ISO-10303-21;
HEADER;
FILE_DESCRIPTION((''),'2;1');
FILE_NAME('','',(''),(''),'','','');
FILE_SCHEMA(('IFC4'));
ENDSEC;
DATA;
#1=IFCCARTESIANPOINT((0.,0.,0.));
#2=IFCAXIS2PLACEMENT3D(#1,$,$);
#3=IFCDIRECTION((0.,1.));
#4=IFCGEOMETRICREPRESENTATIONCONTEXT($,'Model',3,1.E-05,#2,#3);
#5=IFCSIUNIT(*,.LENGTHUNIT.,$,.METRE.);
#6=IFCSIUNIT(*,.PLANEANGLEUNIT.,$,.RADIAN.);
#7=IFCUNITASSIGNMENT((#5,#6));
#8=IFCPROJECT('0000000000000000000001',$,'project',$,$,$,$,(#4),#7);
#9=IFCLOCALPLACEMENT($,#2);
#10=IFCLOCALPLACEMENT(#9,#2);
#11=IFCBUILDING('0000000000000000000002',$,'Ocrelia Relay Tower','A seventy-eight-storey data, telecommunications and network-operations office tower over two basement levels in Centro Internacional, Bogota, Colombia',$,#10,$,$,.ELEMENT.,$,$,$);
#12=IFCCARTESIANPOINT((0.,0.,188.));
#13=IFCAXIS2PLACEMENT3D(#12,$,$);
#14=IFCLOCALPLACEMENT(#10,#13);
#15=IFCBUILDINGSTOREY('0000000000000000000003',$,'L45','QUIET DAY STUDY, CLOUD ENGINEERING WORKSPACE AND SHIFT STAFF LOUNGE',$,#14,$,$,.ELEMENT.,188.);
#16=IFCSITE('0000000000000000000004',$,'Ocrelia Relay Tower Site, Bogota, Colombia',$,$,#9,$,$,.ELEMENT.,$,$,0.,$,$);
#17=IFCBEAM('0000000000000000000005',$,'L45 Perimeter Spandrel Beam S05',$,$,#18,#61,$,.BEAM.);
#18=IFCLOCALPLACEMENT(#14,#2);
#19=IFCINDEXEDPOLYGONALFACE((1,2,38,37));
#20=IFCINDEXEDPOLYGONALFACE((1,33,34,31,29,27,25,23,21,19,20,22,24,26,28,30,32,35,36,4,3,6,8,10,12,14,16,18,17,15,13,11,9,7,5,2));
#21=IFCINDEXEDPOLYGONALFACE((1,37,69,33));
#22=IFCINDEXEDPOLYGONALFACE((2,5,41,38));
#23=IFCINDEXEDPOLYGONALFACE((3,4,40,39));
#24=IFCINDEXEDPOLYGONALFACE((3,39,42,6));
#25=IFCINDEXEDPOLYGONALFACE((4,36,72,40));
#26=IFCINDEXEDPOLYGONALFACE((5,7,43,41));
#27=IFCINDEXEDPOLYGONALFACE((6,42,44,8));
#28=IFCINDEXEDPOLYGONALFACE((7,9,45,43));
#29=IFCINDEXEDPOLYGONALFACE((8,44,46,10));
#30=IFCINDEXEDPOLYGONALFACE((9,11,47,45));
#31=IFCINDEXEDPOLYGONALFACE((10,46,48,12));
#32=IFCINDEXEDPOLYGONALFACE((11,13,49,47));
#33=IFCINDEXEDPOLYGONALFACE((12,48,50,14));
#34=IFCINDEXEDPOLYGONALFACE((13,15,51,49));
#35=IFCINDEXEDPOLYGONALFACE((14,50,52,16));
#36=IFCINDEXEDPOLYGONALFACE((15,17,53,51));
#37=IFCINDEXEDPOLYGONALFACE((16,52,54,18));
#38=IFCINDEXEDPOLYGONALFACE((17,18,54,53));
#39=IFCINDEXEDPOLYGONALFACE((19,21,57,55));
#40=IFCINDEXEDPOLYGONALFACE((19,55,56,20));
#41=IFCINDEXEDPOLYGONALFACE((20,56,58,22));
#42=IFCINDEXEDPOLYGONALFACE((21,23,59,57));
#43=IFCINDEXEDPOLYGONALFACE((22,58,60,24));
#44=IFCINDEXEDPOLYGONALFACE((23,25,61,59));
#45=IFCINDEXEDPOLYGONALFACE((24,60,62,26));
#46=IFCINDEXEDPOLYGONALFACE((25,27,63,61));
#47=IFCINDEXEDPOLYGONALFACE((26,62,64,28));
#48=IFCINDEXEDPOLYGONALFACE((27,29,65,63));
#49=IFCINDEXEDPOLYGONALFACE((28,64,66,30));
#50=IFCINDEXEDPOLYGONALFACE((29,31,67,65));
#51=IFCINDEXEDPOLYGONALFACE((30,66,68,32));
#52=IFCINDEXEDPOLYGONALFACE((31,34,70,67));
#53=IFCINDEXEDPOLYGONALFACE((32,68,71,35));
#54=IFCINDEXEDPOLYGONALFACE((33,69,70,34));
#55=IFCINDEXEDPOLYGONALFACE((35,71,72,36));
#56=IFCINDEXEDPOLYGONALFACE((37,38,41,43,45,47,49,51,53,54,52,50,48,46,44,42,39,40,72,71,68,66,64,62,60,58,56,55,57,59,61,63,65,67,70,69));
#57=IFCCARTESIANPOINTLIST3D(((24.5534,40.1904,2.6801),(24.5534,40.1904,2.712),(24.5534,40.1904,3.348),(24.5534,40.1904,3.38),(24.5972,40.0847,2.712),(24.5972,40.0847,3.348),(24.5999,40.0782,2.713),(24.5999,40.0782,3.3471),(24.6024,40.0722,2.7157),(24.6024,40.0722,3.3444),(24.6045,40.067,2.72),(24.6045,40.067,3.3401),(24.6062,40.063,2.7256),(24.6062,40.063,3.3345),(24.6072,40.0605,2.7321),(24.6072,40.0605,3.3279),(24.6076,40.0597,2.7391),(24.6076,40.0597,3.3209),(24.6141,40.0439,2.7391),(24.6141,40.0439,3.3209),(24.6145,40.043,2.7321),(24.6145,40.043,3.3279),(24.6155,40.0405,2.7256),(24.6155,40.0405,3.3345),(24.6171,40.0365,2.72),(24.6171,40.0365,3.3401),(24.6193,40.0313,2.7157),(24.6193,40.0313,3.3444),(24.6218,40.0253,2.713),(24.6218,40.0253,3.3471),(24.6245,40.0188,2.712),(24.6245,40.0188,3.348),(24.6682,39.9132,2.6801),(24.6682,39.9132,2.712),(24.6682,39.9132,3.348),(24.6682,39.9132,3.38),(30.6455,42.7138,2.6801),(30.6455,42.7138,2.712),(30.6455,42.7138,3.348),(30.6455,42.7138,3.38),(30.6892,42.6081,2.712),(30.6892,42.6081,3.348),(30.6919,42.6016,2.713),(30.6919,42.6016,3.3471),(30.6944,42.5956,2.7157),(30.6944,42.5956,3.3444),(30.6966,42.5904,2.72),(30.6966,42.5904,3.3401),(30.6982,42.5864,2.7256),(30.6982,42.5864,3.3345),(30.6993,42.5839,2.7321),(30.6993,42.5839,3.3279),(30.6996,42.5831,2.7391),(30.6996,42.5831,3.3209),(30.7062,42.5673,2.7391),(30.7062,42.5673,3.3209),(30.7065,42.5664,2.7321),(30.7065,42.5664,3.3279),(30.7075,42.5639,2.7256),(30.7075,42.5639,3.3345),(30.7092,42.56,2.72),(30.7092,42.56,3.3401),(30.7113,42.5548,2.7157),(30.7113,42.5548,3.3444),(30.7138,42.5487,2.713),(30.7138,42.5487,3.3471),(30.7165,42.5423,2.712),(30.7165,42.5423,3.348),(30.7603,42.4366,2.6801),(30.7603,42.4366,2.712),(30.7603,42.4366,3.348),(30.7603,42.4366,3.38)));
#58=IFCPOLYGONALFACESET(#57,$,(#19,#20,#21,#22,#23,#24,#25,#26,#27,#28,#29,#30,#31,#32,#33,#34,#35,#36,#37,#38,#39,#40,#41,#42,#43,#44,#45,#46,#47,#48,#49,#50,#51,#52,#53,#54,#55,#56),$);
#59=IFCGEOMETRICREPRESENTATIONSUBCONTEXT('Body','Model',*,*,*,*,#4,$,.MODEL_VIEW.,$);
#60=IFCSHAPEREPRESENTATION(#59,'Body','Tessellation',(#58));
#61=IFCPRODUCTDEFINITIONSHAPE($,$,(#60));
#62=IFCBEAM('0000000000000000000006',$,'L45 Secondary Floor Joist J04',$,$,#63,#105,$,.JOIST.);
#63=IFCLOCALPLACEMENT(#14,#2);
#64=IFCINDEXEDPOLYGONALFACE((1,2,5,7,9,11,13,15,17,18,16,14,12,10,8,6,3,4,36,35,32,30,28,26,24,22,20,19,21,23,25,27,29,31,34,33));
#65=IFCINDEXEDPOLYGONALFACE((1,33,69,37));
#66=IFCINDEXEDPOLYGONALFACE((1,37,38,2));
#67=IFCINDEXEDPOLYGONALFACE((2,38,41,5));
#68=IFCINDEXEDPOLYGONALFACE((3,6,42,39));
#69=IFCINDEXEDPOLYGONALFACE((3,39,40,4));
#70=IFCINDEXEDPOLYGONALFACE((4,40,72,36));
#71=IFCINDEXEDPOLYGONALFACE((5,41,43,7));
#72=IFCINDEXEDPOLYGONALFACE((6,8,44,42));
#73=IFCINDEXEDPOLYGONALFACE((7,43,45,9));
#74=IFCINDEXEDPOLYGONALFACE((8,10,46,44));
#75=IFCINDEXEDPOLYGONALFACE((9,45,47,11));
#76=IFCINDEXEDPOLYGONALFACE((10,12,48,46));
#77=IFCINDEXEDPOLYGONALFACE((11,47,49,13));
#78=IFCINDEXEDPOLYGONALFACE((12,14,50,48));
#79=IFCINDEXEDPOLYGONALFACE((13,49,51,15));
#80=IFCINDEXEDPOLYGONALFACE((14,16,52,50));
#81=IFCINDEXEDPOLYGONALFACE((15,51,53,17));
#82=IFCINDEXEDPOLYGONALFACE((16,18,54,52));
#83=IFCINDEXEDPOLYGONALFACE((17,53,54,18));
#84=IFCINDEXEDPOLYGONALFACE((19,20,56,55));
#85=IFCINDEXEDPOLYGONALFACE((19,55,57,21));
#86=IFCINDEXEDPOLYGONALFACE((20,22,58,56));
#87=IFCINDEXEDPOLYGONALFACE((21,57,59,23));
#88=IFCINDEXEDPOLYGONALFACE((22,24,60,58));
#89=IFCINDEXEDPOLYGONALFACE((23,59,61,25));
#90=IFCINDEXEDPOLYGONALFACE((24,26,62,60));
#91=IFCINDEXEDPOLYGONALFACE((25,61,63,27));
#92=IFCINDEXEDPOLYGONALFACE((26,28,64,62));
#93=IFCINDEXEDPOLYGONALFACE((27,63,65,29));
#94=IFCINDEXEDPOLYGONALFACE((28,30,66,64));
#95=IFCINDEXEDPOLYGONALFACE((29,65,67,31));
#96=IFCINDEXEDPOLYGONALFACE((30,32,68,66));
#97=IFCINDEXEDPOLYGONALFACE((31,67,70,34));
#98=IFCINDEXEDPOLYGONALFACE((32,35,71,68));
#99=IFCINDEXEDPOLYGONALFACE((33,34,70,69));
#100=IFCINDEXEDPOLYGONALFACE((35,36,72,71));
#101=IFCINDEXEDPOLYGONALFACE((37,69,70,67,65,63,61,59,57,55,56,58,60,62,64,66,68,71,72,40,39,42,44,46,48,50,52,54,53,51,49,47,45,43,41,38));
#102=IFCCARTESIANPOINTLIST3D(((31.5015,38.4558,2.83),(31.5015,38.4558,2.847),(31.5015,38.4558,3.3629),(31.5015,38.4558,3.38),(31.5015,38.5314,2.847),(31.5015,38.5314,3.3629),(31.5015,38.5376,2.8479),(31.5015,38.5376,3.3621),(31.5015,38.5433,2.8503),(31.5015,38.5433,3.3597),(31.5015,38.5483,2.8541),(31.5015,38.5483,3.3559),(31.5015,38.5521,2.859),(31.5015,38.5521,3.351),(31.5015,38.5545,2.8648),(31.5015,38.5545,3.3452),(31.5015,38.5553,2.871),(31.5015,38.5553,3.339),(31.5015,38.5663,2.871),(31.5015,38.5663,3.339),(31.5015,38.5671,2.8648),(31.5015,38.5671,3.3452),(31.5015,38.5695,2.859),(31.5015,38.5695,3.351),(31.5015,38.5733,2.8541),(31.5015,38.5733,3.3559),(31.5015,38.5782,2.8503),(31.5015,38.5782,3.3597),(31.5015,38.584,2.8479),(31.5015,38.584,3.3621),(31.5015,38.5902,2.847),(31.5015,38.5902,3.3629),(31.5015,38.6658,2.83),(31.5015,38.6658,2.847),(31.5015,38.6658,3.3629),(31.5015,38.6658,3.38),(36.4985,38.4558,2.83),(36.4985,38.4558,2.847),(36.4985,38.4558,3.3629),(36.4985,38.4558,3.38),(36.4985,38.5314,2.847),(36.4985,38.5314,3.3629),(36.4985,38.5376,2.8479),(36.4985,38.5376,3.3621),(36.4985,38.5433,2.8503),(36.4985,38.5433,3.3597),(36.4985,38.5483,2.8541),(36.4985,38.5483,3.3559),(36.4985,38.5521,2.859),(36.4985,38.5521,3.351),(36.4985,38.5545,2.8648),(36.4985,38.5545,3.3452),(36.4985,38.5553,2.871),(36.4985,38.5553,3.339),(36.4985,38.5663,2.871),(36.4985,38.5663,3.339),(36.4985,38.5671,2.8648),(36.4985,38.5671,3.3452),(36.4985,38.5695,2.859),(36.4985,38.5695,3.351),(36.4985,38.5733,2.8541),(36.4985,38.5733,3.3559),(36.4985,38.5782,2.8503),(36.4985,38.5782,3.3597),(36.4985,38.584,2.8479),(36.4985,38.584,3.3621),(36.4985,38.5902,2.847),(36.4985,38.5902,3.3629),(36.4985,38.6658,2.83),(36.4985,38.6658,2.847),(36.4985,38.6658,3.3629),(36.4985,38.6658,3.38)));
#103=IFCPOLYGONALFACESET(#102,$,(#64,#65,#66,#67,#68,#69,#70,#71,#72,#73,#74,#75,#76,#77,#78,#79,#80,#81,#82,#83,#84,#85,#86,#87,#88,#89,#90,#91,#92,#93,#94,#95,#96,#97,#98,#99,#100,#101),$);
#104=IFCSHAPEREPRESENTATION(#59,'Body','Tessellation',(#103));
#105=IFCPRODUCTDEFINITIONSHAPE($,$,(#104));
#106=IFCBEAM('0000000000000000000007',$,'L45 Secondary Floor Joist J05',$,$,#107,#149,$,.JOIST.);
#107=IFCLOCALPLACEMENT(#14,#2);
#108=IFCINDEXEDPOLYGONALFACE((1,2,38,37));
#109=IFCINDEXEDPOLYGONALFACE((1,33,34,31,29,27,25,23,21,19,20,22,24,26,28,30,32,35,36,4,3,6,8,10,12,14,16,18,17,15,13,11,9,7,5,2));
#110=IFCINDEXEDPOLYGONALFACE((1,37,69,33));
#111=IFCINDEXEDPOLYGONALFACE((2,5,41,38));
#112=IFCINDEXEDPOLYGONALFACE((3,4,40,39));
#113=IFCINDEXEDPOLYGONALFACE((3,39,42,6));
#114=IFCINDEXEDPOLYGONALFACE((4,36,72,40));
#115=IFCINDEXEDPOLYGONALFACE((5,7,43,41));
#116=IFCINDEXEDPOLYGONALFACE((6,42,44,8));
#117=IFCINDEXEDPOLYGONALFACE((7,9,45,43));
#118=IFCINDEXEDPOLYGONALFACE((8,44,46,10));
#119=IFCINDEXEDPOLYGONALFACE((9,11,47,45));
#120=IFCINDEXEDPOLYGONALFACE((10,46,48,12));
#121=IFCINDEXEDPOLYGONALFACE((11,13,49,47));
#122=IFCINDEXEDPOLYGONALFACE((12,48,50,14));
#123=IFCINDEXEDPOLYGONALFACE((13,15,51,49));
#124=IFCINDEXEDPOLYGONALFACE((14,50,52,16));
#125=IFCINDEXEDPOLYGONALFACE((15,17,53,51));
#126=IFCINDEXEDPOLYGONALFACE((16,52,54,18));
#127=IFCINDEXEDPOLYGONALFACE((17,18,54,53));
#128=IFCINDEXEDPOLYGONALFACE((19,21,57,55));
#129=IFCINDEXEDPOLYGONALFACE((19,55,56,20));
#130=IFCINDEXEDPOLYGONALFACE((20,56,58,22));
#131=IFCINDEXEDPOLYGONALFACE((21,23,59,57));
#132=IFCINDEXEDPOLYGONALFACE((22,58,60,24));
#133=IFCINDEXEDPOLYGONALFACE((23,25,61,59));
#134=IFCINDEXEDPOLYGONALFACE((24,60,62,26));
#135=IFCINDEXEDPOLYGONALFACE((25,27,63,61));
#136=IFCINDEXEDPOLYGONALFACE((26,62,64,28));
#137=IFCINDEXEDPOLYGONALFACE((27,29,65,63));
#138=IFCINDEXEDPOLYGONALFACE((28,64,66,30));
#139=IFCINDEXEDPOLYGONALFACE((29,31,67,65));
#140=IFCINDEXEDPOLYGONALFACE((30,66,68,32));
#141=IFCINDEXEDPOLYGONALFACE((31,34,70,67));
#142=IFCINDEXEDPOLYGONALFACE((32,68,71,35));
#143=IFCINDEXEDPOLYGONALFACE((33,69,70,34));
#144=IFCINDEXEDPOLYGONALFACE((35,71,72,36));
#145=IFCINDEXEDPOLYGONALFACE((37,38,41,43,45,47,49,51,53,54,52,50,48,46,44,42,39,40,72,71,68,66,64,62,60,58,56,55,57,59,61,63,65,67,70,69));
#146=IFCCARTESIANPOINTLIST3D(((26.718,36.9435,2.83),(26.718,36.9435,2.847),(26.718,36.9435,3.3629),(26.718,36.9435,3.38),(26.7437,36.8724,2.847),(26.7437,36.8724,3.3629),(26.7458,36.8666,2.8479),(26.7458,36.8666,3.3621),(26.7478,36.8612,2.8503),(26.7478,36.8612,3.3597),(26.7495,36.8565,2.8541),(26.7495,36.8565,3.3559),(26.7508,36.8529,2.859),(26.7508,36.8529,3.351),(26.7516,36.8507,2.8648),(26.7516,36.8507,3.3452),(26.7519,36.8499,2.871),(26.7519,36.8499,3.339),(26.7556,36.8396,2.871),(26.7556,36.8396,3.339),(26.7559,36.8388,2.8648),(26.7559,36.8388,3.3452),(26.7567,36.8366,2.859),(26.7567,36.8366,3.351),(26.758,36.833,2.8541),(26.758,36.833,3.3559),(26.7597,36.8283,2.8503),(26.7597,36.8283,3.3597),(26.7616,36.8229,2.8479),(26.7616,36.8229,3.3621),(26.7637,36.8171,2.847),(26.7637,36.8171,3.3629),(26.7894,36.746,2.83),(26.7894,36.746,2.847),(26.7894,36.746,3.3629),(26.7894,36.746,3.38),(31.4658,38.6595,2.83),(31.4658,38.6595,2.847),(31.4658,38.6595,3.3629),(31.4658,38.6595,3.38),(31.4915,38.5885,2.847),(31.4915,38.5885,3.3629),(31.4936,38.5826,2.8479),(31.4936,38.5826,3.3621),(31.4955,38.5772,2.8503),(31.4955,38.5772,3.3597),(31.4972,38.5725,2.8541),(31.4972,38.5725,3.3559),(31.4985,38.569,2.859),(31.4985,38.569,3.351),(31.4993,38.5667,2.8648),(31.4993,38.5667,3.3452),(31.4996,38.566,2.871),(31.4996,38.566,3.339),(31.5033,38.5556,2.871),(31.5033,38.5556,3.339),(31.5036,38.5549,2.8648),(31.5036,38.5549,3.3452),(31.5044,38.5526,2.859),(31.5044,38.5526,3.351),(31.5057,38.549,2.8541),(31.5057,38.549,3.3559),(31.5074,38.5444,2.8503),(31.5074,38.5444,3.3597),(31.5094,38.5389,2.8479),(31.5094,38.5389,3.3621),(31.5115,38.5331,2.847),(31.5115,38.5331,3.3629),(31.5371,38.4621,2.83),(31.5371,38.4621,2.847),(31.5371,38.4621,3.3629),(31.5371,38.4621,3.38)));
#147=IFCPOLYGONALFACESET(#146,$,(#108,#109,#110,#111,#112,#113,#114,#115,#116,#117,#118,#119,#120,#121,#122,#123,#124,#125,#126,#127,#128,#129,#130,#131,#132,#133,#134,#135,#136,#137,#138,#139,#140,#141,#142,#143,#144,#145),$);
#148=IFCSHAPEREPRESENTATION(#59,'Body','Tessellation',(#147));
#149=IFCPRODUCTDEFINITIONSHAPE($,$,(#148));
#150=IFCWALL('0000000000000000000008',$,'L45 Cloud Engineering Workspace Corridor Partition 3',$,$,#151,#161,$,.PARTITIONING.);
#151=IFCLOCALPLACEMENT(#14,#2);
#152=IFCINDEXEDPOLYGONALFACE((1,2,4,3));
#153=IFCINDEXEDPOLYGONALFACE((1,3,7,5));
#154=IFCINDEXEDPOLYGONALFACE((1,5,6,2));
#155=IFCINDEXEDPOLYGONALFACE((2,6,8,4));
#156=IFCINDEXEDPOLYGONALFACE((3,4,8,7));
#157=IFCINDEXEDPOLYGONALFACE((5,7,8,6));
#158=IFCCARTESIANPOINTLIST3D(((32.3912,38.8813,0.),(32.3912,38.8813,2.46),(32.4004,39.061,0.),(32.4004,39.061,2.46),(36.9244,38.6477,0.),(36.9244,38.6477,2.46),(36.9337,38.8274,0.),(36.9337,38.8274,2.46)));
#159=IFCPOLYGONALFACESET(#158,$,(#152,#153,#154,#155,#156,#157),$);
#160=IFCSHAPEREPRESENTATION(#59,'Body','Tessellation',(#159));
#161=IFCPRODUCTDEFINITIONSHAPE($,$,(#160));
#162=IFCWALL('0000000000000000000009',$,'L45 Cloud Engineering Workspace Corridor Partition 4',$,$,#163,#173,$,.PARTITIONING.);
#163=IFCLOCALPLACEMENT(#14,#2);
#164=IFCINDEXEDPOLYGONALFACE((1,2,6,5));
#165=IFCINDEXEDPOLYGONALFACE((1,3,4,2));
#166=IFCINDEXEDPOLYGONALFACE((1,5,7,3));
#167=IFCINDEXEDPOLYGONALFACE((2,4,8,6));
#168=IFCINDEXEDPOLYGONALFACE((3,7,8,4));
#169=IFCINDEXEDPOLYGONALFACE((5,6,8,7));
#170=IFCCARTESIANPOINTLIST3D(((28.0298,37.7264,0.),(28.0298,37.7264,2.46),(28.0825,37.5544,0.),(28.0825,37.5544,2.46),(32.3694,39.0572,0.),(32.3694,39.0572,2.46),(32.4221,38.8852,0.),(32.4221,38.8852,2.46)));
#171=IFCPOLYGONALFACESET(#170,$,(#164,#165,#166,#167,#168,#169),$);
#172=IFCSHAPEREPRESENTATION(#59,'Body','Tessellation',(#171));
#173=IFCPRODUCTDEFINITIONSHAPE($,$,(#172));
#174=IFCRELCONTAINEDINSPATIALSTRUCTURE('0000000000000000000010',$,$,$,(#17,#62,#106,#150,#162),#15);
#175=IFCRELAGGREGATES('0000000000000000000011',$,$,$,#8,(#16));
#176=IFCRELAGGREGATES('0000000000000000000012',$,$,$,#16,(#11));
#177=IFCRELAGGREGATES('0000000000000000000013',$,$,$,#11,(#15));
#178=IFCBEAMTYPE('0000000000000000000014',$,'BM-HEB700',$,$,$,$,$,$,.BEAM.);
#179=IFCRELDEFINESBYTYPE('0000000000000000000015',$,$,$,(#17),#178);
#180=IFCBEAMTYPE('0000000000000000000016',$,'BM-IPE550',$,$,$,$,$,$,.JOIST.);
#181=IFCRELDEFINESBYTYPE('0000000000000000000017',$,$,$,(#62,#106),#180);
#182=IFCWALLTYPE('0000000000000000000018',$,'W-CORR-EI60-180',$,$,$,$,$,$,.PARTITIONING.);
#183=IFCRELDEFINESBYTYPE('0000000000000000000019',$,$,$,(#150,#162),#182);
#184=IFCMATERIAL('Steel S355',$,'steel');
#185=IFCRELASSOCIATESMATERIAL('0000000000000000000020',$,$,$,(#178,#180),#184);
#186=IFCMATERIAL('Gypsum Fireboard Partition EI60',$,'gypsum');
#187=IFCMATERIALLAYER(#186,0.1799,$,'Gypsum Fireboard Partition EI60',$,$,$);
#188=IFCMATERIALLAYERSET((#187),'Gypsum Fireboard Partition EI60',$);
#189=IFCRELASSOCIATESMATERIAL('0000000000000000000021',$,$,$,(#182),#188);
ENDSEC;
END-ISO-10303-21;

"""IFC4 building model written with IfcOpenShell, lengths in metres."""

from ifc_helpers import new_model, si_unit, direction, frame, frame_2d, origin, origin_2d, place, context, subcontext, project, spatial, rectangle, i_section, extrude, material, layer, layer_set, material_profile, profile_set, type_object, element, save


model = new_model("IFC4")

# Units and contexts
model_context = context("Model", 3, precision=1e-05, world=origin(), true_north=direction((0.0, 1.0)))
body_context = subcontext(model_context, "Body", "Model", "MODEL_VIEW")
ifc_project = project(units=[si_unit("LENGTHUNIT", "METRE"), si_unit("PLANEANGLEUNIT", "RADIAN")], contexts=[model_context])

# Site, building, storey
site_placement = place(None, origin())
site = spatial("IfcSite", under=ifc_project, at=site_placement, Name="Ocrelia Relay Tower Site, Bogota, Colombia", CompositionType="ELEMENT", RefElevation=0.0)
building_placement = place(site_placement, origin())
building = spatial("IfcBuilding", under=site, at=building_placement, Name="Ocrelia Relay Tower", Description="A seventy-eight-storey data, telecommunications and network-operations office tower over two basement levels in Centro Internacional, Bogota, Colombia", CompositionType="ELEMENT")
storey_placement = place(building_placement, frame((0.0, 0.0, 188.0)))
storey = spatial("IfcBuildingStorey", under=building, at=storey_placement, Name="L45", Description="QUIET DAY STUDY, CLOUD ENGINEERING WORKSPACE AND SHIFT STAFF LOUNGE", CompositionType="ELEMENT", Elevation=188.0)

# Beams
ifc_material_1 = material(Name="Steel S355", Category="steel")
ifc_material_profile_1 = material_profile(ifc_material_1, i_section(OverallWidth=0.3, OverallDepth=0.7, WebThickness=0.0171, FlangeThickness=0.032, FilletRadius=0.0271, at=origin_2d()), Name="HEB 700")
ifc_profile_set_1 = profile_set([ifc_material_profile_1], Name="Steel S355")
beam_type_1 = type_object("IfcBeamType", Name="BM-HEB700", PredefinedType="BEAM", material=ifc_profile_set_1)
beam_1_placement = place(storey_placement, frame((30.7029, 42.5752, 3.03), z_axis=(-0.923878, -0.382688, 0.0), x_axis=(0.382688, -0.923878, 0.0)))
element("IfcBeam", 1, at=beam_1_placement, inside=storey, type_object=beam_type_1, Name="L45 Perimeter Spandrel Beam S05", PredefinedType="BEAM", context=body_context, shape_type="SweptSolid", body=[
    extrude(i_section(OverallWidth=0.3, OverallDepth=0.7, WebThickness=0.0171, FlangeThickness=0.032, FilletRadius=0.0271, at=origin_2d()), origin(), (0.0, 0.0, 1.0), 6.594),
])
ifc_material_profile_2 = material_profile(ifc_material_1, i_section(OverallWidth=0.21, OverallDepth=0.55, WebThickness=0.011, FlangeThickness=0.0171, FilletRadius=0.0239, at=origin_2d()), Name="IPE 550")
ifc_profile_set_2 = profile_set([ifc_material_profile_2], Name="Steel S355")
beam_type_2 = type_object("IfcBeamType", Name="BM-IPE550", PredefinedType="JOIST", material=ifc_profile_set_2)
beam_2_placement = place(storey_placement, frame((36.4985, 38.5608, 3.105), z_axis=(-1.0, 0.0, 0.0), x_axis=(0.0, -1.0, 0.0)))
element("IfcBeam", 2, at=beam_2_placement, inside=storey, type_object=beam_type_2, Name="L45 Secondary Floor Joist J04", PredefinedType="JOIST", context=body_context, shape_type="SweptSolid", body=[
    extrude(i_section(OverallWidth=0.21, OverallDepth=0.55, WebThickness=0.011, FlangeThickness=0.0171, FilletRadius=0.0239, at=origin_2d()), origin(), (0.0, 0.0, 1.0), 4.9971),
])
beam_3_placement = place(storey_placement, frame((31.5015, 38.5608, 3.105), z_axis=(-0.940454, -0.339921, 0.0), x_axis=(0.339921, -0.940454, 0.0)))
element("IfcBeam", 3, at=beam_3_placement, inside=storey, type_object=beam_type_2, Name="L45 Secondary Floor Joist J05", PredefinedType="JOIST", context=body_context, shape_type="SweptSolid", body=[
    extrude(i_section(OverallWidth=0.21, OverallDepth=0.55, WebThickness=0.011, FlangeThickness=0.0171, FilletRadius=0.0239, at=origin_2d()), origin(), (0.0, 0.0, 1.0), 5.0483),
])

# Walls
ifc_material_2 = material(Name="Gypsum Fireboard Partition EI60", Category="gypsum")
ifc_layer_1 = layer(ifc_material_2, 0.1799, Name="Gypsum Fireboard Partition EI60")
ifc_layer_set_1 = layer_set([ifc_layer_1], Name="Gypsum Fireboard Partition EI60")
wall_type_1 = type_object("IfcWallType", Name="W-CORR-EI60-180", PredefinedType="PARTITIONING", material=ifc_layer_set_1)
wall_1_placement = place(storey_placement, frame((36.929, 38.7375, 0.0), z_axis=(0.0, 0.0, 1.0), x_axis=(-0.998674, 0.051472, 0.0)))
element("IfcWall", 4, at=wall_1_placement, inside=storey, type_object=wall_type_1, Name="L45 Cloud Engineering Workspace Corridor Partition 3", PredefinedType="PARTITIONING", context=body_context, shape_type="SweptSolid", body=[
    extrude(rectangle(XDim=4.5393, YDim=0.1799, at=frame_2d((2.2695, 0.0))), origin(), (0.0, 0.0, 1.0), 2.46),
])
wall_2_placement = place(storey_placement, frame((32.3958, 38.9712, 0.0), z_axis=(0.0, 0.0, 1.0), x_axis=(-0.956054, -0.29319, 0.0)))
element("IfcWall", 5, at=wall_2_placement, inside=storey, type_object=wall_type_1, Name="L45 Cloud Engineering Workspace Corridor Partition 4", PredefinedType="PARTITIONING", context=body_context, shape_type="SweptSolid", body=[
    extrude(rectangle(XDim=4.5391, YDim=0.1799, at=frame_2d((2.2695, 0.0))), origin(), (0.0, 0.0, 1.0), 2.46),
])

save(model, "model.ifc")
